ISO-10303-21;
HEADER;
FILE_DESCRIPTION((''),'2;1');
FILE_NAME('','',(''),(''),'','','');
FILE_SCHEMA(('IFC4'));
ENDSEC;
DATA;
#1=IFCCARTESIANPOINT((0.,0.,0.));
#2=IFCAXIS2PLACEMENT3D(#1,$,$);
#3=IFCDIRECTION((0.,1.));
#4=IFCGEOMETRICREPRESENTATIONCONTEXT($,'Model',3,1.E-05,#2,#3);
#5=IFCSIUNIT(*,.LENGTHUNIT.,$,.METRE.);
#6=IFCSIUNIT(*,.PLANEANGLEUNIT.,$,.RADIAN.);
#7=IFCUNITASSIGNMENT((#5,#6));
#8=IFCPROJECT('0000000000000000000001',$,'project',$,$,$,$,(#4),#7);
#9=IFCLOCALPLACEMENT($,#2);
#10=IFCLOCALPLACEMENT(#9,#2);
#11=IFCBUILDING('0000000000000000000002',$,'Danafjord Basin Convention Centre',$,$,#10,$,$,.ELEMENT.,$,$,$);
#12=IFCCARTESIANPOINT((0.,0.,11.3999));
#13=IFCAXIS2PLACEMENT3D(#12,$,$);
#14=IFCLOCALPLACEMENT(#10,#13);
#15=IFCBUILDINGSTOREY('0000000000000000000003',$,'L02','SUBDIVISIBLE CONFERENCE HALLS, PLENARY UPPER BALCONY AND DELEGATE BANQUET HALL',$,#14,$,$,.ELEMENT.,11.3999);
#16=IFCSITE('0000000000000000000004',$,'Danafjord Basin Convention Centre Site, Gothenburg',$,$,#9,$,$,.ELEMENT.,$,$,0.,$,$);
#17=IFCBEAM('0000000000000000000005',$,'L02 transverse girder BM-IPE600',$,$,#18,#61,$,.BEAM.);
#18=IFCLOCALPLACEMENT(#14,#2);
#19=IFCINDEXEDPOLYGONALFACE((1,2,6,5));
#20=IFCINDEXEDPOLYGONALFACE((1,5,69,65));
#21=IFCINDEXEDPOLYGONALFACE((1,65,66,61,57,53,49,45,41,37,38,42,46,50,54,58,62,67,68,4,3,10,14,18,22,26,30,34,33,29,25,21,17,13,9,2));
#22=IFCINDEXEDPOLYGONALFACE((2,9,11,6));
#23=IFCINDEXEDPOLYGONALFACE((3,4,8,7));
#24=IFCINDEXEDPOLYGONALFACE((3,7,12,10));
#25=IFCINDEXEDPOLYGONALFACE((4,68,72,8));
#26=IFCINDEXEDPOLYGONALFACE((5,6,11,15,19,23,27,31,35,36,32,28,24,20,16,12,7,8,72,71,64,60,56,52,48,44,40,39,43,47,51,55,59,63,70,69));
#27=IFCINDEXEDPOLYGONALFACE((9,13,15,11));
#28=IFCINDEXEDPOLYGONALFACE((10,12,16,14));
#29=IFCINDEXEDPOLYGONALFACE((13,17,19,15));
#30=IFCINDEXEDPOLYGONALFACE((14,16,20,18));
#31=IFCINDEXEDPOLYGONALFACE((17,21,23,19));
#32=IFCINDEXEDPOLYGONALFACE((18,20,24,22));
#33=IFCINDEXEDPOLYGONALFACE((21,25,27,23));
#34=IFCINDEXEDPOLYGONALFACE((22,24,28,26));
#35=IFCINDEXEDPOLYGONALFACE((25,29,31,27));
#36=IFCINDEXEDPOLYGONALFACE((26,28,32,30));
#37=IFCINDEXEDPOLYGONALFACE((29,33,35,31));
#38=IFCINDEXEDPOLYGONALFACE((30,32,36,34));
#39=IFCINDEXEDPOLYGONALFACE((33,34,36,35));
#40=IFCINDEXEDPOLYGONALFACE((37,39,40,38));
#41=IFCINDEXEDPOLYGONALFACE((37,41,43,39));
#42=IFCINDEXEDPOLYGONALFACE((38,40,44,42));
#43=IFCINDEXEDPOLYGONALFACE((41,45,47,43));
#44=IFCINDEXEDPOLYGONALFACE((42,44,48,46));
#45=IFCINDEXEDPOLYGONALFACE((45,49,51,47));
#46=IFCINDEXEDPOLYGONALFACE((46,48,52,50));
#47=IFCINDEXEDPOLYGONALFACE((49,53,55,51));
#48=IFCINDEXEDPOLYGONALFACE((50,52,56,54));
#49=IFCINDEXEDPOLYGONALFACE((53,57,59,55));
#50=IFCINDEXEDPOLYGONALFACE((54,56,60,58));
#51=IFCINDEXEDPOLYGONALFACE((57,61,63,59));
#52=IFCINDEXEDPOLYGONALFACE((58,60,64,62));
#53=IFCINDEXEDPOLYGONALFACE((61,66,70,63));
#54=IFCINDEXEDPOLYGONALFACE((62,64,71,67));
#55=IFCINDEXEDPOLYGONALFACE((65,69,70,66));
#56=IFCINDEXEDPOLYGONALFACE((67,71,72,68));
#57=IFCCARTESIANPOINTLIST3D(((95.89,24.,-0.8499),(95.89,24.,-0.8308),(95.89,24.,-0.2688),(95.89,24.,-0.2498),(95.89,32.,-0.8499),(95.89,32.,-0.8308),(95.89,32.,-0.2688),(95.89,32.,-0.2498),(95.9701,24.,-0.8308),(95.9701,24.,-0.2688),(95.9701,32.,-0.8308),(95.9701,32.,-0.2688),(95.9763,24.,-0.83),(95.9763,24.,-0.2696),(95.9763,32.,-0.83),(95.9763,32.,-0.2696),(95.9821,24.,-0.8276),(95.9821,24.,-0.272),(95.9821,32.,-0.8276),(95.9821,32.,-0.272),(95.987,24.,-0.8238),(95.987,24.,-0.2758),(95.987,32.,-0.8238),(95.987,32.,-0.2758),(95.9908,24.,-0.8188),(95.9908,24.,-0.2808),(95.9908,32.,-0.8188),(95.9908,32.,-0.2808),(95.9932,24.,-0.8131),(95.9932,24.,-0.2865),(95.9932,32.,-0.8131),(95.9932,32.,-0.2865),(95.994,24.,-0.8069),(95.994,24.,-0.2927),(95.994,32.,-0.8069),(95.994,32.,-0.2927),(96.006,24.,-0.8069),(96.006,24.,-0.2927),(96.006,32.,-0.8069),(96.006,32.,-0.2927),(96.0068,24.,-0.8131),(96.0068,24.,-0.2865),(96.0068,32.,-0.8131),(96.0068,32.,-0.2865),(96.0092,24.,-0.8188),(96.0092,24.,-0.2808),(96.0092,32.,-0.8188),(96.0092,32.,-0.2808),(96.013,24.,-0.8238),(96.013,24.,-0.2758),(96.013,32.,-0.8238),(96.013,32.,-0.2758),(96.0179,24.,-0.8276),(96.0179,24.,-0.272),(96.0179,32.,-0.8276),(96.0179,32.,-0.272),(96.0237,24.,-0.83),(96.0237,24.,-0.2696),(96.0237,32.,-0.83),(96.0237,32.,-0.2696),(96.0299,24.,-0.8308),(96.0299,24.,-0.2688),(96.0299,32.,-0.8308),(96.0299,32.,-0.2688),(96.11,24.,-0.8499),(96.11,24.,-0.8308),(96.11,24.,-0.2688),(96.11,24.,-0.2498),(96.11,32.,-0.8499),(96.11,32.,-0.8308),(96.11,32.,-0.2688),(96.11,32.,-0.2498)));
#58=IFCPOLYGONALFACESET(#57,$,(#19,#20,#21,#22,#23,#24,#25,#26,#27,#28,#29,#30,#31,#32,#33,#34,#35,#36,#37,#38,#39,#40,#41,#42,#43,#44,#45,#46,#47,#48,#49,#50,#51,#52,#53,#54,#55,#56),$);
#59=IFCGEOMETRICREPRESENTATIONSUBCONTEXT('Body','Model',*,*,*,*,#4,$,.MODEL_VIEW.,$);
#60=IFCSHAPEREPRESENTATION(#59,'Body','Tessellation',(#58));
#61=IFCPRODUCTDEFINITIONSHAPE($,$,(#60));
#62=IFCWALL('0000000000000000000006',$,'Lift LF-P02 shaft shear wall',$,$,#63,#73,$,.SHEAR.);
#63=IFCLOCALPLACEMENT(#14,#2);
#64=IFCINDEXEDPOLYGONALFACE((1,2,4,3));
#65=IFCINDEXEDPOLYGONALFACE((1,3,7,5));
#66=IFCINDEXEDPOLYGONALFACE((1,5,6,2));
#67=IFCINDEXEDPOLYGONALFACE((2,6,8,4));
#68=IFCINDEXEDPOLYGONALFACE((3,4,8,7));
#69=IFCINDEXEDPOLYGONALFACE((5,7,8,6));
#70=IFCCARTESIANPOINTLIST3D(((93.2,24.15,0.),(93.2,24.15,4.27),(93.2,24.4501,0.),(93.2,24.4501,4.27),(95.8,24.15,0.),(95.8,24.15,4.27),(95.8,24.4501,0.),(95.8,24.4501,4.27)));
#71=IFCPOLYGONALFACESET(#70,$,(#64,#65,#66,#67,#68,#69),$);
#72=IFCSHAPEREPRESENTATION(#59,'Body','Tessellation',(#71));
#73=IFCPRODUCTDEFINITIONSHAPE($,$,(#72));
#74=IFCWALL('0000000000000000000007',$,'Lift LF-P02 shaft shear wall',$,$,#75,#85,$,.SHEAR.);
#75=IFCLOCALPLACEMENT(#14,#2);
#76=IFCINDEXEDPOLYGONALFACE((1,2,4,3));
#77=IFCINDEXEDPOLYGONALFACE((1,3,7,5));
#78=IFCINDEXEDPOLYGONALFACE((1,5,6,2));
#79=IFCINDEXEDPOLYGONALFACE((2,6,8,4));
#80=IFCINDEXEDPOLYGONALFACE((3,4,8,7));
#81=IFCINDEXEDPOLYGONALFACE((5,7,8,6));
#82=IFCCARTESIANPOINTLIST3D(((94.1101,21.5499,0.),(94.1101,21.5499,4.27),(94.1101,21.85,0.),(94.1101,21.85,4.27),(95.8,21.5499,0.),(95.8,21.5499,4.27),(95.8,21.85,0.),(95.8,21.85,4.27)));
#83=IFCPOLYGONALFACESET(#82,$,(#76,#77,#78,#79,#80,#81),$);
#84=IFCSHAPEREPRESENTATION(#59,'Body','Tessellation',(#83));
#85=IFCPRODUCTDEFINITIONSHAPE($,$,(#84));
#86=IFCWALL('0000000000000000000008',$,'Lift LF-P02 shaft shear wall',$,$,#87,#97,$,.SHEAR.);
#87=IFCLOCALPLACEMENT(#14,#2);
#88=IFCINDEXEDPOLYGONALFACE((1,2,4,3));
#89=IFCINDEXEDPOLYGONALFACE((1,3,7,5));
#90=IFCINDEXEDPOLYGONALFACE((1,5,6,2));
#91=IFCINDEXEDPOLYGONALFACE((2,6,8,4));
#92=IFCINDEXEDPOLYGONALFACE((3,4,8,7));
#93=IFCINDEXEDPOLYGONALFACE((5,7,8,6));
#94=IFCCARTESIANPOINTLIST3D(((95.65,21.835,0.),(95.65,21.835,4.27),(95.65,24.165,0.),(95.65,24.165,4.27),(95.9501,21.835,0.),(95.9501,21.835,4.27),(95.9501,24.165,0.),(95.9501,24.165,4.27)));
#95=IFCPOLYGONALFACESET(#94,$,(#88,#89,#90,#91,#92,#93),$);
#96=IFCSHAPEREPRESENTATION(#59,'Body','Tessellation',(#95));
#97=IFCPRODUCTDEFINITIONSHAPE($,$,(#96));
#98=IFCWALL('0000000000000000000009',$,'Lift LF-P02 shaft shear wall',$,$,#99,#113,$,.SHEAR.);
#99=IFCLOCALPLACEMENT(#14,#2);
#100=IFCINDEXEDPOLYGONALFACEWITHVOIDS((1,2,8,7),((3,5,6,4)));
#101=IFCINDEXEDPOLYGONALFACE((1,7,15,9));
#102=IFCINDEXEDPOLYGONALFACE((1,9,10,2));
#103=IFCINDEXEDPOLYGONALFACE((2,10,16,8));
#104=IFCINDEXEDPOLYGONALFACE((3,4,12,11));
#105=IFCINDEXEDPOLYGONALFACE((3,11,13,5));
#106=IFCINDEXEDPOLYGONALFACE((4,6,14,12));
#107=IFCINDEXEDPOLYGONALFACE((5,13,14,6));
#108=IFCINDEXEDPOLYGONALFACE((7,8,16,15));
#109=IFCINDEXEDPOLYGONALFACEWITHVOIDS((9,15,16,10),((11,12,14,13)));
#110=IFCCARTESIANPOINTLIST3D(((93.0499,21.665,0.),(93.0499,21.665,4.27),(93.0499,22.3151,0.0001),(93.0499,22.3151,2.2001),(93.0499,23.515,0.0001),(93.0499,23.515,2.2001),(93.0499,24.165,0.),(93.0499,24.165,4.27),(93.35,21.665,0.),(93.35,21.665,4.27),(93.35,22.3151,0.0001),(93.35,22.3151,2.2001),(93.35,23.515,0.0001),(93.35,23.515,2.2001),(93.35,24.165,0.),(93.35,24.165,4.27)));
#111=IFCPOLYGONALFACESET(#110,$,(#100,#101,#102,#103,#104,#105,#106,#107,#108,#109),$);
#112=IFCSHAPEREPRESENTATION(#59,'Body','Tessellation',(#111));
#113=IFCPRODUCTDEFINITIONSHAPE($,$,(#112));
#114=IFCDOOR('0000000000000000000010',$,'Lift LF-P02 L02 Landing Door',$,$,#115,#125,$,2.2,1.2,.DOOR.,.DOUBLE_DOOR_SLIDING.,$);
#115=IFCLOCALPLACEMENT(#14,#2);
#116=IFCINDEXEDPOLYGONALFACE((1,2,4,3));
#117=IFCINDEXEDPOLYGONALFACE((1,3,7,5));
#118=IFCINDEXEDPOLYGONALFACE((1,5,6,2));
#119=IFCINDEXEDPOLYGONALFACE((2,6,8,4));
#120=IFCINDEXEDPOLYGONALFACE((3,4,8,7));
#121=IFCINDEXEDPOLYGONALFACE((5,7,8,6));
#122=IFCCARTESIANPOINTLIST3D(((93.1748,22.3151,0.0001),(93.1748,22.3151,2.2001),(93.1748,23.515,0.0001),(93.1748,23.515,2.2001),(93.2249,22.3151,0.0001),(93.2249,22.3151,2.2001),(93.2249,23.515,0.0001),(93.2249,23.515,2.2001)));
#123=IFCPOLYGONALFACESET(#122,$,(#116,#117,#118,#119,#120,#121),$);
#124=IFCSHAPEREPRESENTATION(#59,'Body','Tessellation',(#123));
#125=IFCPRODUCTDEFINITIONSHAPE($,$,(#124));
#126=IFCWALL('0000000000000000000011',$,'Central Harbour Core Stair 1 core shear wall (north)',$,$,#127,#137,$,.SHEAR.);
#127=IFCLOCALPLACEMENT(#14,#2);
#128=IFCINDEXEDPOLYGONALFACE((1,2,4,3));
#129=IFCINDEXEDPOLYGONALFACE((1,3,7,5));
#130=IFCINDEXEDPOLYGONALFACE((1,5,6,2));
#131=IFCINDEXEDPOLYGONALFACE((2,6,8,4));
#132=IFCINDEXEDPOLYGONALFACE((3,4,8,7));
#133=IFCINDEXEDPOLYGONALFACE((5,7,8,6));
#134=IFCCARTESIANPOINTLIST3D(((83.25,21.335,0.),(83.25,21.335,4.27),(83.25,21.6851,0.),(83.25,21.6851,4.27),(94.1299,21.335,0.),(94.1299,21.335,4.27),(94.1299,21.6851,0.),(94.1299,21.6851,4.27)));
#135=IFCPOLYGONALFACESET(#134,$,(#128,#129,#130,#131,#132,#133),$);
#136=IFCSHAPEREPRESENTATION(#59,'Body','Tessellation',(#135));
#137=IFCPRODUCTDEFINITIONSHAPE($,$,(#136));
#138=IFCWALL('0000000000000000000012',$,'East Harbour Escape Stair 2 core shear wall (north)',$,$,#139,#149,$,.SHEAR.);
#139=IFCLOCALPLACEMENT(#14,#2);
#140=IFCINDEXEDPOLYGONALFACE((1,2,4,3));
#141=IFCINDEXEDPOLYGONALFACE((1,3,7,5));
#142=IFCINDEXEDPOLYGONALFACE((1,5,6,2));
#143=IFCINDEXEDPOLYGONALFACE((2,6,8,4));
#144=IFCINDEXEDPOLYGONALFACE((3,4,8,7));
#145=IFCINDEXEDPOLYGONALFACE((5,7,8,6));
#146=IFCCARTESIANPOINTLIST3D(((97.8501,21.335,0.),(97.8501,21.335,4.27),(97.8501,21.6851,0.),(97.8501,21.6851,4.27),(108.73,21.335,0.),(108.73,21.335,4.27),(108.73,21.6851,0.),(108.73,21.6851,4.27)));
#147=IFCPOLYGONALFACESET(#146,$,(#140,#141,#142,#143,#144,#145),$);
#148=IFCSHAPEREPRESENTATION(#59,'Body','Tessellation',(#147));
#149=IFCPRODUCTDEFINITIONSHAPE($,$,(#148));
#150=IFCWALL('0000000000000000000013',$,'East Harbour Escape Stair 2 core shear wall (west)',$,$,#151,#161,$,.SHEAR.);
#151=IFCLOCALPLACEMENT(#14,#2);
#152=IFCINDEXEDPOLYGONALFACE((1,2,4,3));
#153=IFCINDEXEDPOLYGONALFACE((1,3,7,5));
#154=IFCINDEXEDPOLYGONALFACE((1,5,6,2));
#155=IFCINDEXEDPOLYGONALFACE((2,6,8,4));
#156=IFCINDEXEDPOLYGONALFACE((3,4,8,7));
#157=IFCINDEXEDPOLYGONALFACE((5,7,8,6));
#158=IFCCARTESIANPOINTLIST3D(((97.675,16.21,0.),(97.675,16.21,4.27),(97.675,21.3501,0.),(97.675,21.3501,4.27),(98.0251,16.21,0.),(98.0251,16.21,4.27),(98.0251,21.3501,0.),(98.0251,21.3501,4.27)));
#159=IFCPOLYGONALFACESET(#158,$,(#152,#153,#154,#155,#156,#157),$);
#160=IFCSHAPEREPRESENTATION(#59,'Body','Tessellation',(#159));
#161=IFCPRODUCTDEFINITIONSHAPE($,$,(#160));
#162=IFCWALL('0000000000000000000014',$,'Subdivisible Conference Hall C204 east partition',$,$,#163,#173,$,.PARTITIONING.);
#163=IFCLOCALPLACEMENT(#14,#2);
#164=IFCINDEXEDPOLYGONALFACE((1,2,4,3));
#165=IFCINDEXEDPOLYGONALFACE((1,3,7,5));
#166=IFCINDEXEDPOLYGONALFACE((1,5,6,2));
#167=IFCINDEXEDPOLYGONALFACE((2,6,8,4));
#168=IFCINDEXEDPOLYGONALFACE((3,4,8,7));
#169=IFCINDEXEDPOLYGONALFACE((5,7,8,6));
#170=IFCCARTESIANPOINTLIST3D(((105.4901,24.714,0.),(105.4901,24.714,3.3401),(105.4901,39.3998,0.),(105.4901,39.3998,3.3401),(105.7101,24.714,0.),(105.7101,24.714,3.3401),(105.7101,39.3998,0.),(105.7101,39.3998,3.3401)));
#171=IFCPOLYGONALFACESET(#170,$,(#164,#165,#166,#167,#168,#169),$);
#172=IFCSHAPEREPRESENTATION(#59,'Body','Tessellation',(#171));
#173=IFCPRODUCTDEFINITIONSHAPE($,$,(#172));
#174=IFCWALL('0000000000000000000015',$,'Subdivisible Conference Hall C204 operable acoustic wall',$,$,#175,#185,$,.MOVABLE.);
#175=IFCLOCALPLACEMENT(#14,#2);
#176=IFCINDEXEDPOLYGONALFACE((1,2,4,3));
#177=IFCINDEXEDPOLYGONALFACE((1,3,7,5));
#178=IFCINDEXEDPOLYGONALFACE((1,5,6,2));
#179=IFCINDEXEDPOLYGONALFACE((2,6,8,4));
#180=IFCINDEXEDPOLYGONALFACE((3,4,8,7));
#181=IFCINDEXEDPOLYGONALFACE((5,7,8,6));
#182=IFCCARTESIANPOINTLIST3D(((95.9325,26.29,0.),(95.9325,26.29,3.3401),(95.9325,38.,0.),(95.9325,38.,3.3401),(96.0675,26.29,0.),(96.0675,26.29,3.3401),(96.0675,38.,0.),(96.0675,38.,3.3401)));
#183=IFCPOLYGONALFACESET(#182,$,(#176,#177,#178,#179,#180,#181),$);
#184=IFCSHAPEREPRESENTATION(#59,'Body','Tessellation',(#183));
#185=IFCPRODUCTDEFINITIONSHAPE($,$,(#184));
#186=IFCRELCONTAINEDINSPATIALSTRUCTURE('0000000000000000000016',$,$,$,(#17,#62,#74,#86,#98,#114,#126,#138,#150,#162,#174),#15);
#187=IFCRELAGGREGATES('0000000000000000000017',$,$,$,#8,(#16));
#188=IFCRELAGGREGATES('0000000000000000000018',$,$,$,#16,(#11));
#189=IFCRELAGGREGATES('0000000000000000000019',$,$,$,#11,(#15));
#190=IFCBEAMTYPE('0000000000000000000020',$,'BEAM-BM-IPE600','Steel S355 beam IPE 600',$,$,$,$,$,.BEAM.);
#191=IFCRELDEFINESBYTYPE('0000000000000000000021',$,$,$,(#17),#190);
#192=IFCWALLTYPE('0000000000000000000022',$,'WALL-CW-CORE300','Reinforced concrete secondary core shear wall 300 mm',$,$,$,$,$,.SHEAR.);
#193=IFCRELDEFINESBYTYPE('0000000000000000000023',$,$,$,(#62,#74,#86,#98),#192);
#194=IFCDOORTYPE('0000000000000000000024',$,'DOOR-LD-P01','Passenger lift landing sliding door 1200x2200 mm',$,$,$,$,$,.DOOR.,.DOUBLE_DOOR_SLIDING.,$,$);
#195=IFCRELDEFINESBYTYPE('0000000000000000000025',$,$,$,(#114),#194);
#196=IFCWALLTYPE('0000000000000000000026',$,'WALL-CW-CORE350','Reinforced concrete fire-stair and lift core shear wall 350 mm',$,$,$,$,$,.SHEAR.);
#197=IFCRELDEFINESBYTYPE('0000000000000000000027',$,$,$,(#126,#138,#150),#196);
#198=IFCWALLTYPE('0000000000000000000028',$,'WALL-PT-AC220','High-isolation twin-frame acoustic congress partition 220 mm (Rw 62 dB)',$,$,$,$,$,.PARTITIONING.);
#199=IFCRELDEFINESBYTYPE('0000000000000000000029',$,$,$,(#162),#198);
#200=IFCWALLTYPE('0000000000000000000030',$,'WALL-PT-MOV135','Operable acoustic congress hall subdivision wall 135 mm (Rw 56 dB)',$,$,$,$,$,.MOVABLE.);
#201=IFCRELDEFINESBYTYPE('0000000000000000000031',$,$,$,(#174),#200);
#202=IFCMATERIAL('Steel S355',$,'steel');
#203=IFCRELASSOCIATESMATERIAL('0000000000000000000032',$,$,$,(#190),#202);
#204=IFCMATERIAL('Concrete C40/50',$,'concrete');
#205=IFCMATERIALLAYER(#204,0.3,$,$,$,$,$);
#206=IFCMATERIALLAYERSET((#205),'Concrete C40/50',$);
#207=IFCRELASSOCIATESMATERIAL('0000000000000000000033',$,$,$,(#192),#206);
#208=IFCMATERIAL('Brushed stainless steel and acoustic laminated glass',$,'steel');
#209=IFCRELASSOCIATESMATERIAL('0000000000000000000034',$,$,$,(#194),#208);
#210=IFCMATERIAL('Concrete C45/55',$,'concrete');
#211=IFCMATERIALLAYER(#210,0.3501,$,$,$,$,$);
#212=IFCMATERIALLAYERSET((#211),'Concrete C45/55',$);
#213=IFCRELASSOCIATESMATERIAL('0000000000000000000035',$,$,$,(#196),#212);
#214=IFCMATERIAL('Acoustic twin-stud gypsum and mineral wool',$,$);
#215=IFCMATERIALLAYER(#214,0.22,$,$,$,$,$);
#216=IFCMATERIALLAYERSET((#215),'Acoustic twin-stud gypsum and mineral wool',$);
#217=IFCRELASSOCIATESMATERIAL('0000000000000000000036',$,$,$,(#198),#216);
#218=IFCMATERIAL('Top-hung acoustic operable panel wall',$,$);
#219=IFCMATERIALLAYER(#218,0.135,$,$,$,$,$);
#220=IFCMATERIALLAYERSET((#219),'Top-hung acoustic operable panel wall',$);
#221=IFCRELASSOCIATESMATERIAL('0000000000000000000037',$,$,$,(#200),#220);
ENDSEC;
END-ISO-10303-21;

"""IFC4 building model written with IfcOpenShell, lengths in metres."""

from ifc_helpers import new_model, si_unit, direction, frame, frame_2d, origin, origin_2d, place, context, subcontext, project, spatial, rectangle, i_section, extrude, material, layer, layer_set, material_profile, profile_set, type_object, element, fill, save


model = new_model("IFC4")

# Units and contexts
model_context = context("Model", 3, precision=1e-05, world=origin(), true_north=direction((0.0, 1.0)))
body_context = subcontext(model_context, "Body", "Model", "MODEL_VIEW")
ifc_project = project(units=[si_unit("LENGTHUNIT", "METRE"), si_unit("PLANEANGLEUNIT", "RADIAN")], contexts=[model_context])

# Site, building, storey
site_placement = place(None, origin())
site = spatial("IfcSite", under=ifc_project, at=site_placement, Name="Danafjord Basin Convention Centre Site, Gothenburg", CompositionType="ELEMENT", RefElevation=0.0)
building_placement = place(site_placement, origin())
building = spatial("IfcBuilding", under=site, at=building_placement, Name="Danafjord Basin Convention Centre", CompositionType="ELEMENT")
storey_placement = place(building_placement, frame((0.0, 0.0, 11.3999)))
storey = spatial("IfcBuildingStorey", under=building, at=storey_placement, Name="L02", Description="SUBDIVISIBLE CONFERENCE HALLS, PLENARY UPPER BALCONY AND DELEGATE BANQUET HALL", CompositionType="ELEMENT", Elevation=11.3999)

# Shared definitions
ifc_material_1 = material(Name="Steel S355", Category="steel")

# Beam
ifc_material_profile_1 = material_profile(ifc_material_1, i_section(OverallWidth=0.22, OverallDepth=0.6001, WebThickness=0.012, FlangeThickness=0.019, FilletRadius=0.0239, at=origin_2d()), Name="IPE 600")
ifc_profile_set_1 = profile_set([ifc_material_profile_1], Name="Steel S355")
beam_type_1 = type_object("IfcBeamType", Name="BEAM-BM-IPE600", Description="Steel S355 beam IPE 600", PredefinedType="BEAM", material=ifc_profile_set_1)
beam_1_placement = place(storey_placement, frame((96.0, 24.0, -0.5498), z_axis=(0.0, 1.0, 0.0), x_axis=(-1.0, 0.0, 0.0)))
element("IfcBeam", 1, at=beam_1_placement, inside=storey, type_object=beam_type_1, Name="L02 transverse girder BM-IPE600", PredefinedType="BEAM", context=body_context, shape_type="SweptSolid", body=[
    extrude(i_section(OverallWidth=0.22, OverallDepth=0.6001, WebThickness=0.012, FlangeThickness=0.019, FilletRadius=0.0239, at=origin_2d()), origin(), (0.0, 0.0, 1.0), 8.0),
])

# Walls
ifc_material_2 = material(Name="Concrete C40/50", Category="concrete")
ifc_layer_1 = layer(ifc_material_2, 0.3)
ifc_layer_set_1 = layer_set([ifc_layer_1], Name="Concrete C40/50")
wall_type_1 = type_object("IfcWallType", Name="WALL-CW-CORE300", Description="Reinforced concrete secondary core shear wall 300 mm", PredefinedType="SHEAR", material=ifc_layer_set_1)
wall_1_placement = place(storey_placement, frame((95.8, 24.3, 0.0), z_axis=(0.0, 0.0, 1.0), x_axis=(-1.0, 0.0, 0.0)))
element("IfcWall", 2, at=wall_1_placement, inside=storey, type_object=wall_type_1, Name="Lift LF-P02 shaft shear wall", PredefinedType="SHEAR", context=body_context, shape_type="SweptSolid", body=[
    extrude(rectangle(XDim=2.6001, YDim=0.3, at=frame_2d((1.3, 0.0))), origin(), (0.0, 0.0, 1.0), 4.27),
])
wall_2_placement = place(storey_placement, frame((94.1101, 21.7, 0.0), z_axis=(0.0, 0.0, 1.0), x_axis=(1.0, 0.0, 0.0)))
element("IfcWall", 3, at=wall_2_placement, inside=storey, type_object=wall_type_1, Name="Lift LF-P02 shaft shear wall", PredefinedType="SHEAR", context=body_context, shape_type="SweptSolid", body=[
    extrude(rectangle(XDim=1.6899, YDim=0.3, at=frame_2d((0.845, 0.0))), origin(), (0.0, 0.0, 1.0), 4.27),
])
wall_3_placement = place(storey_placement, frame((95.8, 21.835, 0.0), z_axis=(0.0, 0.0, 1.0), x_axis=(0.0, 1.0, 0.0)))
element("IfcWall", 4, at=wall_3_placement, inside=storey, type_object=wall_type_1, Name="Lift LF-P02 shaft shear wall", PredefinedType="SHEAR", context=body_context, shape_type="SweptSolid", body=[
    extrude(rectangle(XDim=2.3301, YDim=0.3, at=frame_2d((1.165, 0.0))), origin(), (0.0, 0.0, 1.0), 4.27),
])

# Wall, opening, door
wall_4_placement = place(storey_placement, frame((93.2, 24.165, 0.0), z_axis=(0.0, 0.0, 1.0), x_axis=(0.0, -1.0, 0.0)))
wall_4 = element("IfcWall", 5, at=wall_4_placement, inside=storey, type_object=wall_type_1, Name="Lift LF-P02 shaft shear wall", PredefinedType="SHEAR", context=body_context, shape_type="SweptSolid", body=[
    extrude(rectangle(XDim=2.5, YDim=0.3, at=frame_2d((1.25, 0.0))), origin(), (0.0, 0.0, 1.0), 4.27),
])
opening_placement = place(wall_4_placement, frame((0.6499, 0.0, 0.0)))
opening = element("IfcOpeningElement", 6, at=opening_placement, cuts=wall_4, PredefinedType="OPENING", context=body_context, shape_type="SweptSolid", body=[
    extrude(rectangle(XDim=1.2, YDim=2.2, at=frame_2d((0.6001, 1.1001))), frame((0.0, 0.1599, 0.0), z_axis=(0.0, -1.0, 0.0), x_axis=(1.0, 0.0, 0.0)), (0.0, 0.0, 1.0), 0.3201),
])
ifc_material_3 = material(Name="Brushed stainless steel and acoustic laminated glass", Category="steel")
door_type = type_object("IfcDoorType", Name="DOOR-LD-P01", Description="Passenger lift landing sliding door 1200x2200 mm", OperationType="DOUBLE_DOOR_SLIDING", PredefinedType="DOOR", material=ifc_material_3)
door_placement = place(opening_placement, origin())
door = element("IfcDoor", 7, at=door_placement, inside=storey, type_object=door_type, Name="Lift LF-P02 L02 Landing Door", OperationType="DOUBLE_DOOR_SLIDING", OverallHeight=2.2, OverallWidth=1.2, PredefinedType="DOOR", context=body_context, shape_type="SweptSolid", body=[
    extrude(rectangle(XDim=1.2, YDim=2.2, at=frame_2d((0.6001, 1.1001))), frame((0.0, 0.0249, 0.0), z_axis=(0.0, -1.0, 0.0), x_axis=(1.0, 0.0, 0.0)), (0.0, 0.0, 1.0), 0.05),
])
fill(opening, door)

# Walls
ifc_material_4 = material(Name="Concrete C45/55", Category="concrete")
ifc_layer_2 = layer(ifc_material_4, 0.3501)
ifc_layer_set_2 = layer_set([ifc_layer_2], Name="Concrete C45/55")
wall_type_2 = type_object("IfcWallType", Name="WALL-CW-CORE350", Description="Reinforced concrete fire-stair and lift core shear wall 350 mm", PredefinedType="SHEAR", material=ifc_layer_set_2)
for number, where, z_axis, x_axis, name in (
    (8, (94.1299, 21.51, 0.0), (0.0, 0.0, 1.0), (-1.0, 0.0, 0.0), "Central Harbour Core Stair 1 core shear wall (north)"),
    (9, (108.73, 21.51, 0.0), (0.0, 0.0, 1.0), (-1.0, 0.0, 0.0), "East Harbour Escape Stair 2 core shear wall (north)"),
):
    element("IfcWall", number, at=place(storey_placement, frame(where, z_axis=z_axis, x_axis=x_axis)), inside=storey, type_object=wall_type_2, Name=name, PredefinedType="SHEAR", context=body_context, shape_type="SweptSolid", body=[
        extrude(rectangle(XDim=10.8799, YDim=0.3501, at=frame_2d((5.4399, 0.0))), origin(), (0.0, 0.0, 1.0), 4.27),
    ])
wall_5_placement = place(storey_placement, frame((97.8501, 21.3501, 0.0), z_axis=(0.0, 0.0, 1.0), x_axis=(0.0, -1.0, 0.0)))
element("IfcWall", 10, at=wall_5_placement, inside=storey, type_object=wall_type_2, Name="East Harbour Escape Stair 2 core shear wall (west)", PredefinedType="SHEAR", context=body_context, shape_type="SweptSolid", body=[
    extrude(rectangle(XDim=5.1401, YDim=0.3501, at=frame_2d((2.5701, 0.0))), origin(), (0.0, 0.0, 1.0), 4.27),
])
ifc_material_5 = material(Name="Acoustic twin-stud gypsum and mineral wool")
ifc_layer_3 = layer(ifc_material_5, 0.22)
ifc_layer_set_3 = layer_set([ifc_layer_3], Name="Acoustic twin-stud gypsum and mineral wool")
wall_type_3 = type_object("IfcWallType", Name="WALL-PT-AC220", Description="High-isolation twin-frame acoustic congress partition 220 mm (Rw 62 dB)", PredefinedType="PARTITIONING", material=ifc_layer_set_3)
wall_6_placement = place(storey_placement, frame((105.6001, 24.7141, 0.0), z_axis=(0.0, 0.0, 1.0), x_axis=(0.0, 1.0, 0.0)))
element("IfcWall", 11, at=wall_6_placement, inside=storey, type_object=wall_type_3, Name="Subdivisible Conference Hall C204 east partition", PredefinedType="PARTITIONING", context=body_context, shape_type="SweptSolid", body=[
    extrude(rectangle(XDim=14.6858, YDim=0.22, at=frame_2d((7.3428, 0.0))), origin(), (0.0, 0.0, 1.0), 3.3401),
])
ifc_material_6 = material(Name="Top-hung acoustic operable panel wall")
ifc_layer_4 = layer(ifc_material_6, 0.135)
ifc_layer_set_4 = layer_set([ifc_layer_4], Name="Top-hung acoustic operable panel wall")
wall_type_4 = type_object("IfcWallType", Name="WALL-PT-MOV135", Description="Operable acoustic congress hall subdivision wall 135 mm (Rw 56 dB)", PredefinedType="MOVABLE", material=ifc_layer_set_4)
wall_7_placement = place(storey_placement, frame((96.0, 26.29, 0.0), z_axis=(0.0, 0.0, 1.0), x_axis=(0.0, 1.0, 0.0)))
element("IfcWall", 12, at=wall_7_placement, inside=storey, type_object=wall_type_4, Name="Subdivisible Conference Hall C204 operable acoustic wall", PredefinedType="MOVABLE", context=body_context, shape_type="SweptSolid", body=[
    extrude(rectangle(XDim=11.71, YDim=0.135, at=frame_2d((5.855, 0.0))), origin(), (0.0, 0.0, 1.0), 3.3401),
])

save(model, "model.ifc")
